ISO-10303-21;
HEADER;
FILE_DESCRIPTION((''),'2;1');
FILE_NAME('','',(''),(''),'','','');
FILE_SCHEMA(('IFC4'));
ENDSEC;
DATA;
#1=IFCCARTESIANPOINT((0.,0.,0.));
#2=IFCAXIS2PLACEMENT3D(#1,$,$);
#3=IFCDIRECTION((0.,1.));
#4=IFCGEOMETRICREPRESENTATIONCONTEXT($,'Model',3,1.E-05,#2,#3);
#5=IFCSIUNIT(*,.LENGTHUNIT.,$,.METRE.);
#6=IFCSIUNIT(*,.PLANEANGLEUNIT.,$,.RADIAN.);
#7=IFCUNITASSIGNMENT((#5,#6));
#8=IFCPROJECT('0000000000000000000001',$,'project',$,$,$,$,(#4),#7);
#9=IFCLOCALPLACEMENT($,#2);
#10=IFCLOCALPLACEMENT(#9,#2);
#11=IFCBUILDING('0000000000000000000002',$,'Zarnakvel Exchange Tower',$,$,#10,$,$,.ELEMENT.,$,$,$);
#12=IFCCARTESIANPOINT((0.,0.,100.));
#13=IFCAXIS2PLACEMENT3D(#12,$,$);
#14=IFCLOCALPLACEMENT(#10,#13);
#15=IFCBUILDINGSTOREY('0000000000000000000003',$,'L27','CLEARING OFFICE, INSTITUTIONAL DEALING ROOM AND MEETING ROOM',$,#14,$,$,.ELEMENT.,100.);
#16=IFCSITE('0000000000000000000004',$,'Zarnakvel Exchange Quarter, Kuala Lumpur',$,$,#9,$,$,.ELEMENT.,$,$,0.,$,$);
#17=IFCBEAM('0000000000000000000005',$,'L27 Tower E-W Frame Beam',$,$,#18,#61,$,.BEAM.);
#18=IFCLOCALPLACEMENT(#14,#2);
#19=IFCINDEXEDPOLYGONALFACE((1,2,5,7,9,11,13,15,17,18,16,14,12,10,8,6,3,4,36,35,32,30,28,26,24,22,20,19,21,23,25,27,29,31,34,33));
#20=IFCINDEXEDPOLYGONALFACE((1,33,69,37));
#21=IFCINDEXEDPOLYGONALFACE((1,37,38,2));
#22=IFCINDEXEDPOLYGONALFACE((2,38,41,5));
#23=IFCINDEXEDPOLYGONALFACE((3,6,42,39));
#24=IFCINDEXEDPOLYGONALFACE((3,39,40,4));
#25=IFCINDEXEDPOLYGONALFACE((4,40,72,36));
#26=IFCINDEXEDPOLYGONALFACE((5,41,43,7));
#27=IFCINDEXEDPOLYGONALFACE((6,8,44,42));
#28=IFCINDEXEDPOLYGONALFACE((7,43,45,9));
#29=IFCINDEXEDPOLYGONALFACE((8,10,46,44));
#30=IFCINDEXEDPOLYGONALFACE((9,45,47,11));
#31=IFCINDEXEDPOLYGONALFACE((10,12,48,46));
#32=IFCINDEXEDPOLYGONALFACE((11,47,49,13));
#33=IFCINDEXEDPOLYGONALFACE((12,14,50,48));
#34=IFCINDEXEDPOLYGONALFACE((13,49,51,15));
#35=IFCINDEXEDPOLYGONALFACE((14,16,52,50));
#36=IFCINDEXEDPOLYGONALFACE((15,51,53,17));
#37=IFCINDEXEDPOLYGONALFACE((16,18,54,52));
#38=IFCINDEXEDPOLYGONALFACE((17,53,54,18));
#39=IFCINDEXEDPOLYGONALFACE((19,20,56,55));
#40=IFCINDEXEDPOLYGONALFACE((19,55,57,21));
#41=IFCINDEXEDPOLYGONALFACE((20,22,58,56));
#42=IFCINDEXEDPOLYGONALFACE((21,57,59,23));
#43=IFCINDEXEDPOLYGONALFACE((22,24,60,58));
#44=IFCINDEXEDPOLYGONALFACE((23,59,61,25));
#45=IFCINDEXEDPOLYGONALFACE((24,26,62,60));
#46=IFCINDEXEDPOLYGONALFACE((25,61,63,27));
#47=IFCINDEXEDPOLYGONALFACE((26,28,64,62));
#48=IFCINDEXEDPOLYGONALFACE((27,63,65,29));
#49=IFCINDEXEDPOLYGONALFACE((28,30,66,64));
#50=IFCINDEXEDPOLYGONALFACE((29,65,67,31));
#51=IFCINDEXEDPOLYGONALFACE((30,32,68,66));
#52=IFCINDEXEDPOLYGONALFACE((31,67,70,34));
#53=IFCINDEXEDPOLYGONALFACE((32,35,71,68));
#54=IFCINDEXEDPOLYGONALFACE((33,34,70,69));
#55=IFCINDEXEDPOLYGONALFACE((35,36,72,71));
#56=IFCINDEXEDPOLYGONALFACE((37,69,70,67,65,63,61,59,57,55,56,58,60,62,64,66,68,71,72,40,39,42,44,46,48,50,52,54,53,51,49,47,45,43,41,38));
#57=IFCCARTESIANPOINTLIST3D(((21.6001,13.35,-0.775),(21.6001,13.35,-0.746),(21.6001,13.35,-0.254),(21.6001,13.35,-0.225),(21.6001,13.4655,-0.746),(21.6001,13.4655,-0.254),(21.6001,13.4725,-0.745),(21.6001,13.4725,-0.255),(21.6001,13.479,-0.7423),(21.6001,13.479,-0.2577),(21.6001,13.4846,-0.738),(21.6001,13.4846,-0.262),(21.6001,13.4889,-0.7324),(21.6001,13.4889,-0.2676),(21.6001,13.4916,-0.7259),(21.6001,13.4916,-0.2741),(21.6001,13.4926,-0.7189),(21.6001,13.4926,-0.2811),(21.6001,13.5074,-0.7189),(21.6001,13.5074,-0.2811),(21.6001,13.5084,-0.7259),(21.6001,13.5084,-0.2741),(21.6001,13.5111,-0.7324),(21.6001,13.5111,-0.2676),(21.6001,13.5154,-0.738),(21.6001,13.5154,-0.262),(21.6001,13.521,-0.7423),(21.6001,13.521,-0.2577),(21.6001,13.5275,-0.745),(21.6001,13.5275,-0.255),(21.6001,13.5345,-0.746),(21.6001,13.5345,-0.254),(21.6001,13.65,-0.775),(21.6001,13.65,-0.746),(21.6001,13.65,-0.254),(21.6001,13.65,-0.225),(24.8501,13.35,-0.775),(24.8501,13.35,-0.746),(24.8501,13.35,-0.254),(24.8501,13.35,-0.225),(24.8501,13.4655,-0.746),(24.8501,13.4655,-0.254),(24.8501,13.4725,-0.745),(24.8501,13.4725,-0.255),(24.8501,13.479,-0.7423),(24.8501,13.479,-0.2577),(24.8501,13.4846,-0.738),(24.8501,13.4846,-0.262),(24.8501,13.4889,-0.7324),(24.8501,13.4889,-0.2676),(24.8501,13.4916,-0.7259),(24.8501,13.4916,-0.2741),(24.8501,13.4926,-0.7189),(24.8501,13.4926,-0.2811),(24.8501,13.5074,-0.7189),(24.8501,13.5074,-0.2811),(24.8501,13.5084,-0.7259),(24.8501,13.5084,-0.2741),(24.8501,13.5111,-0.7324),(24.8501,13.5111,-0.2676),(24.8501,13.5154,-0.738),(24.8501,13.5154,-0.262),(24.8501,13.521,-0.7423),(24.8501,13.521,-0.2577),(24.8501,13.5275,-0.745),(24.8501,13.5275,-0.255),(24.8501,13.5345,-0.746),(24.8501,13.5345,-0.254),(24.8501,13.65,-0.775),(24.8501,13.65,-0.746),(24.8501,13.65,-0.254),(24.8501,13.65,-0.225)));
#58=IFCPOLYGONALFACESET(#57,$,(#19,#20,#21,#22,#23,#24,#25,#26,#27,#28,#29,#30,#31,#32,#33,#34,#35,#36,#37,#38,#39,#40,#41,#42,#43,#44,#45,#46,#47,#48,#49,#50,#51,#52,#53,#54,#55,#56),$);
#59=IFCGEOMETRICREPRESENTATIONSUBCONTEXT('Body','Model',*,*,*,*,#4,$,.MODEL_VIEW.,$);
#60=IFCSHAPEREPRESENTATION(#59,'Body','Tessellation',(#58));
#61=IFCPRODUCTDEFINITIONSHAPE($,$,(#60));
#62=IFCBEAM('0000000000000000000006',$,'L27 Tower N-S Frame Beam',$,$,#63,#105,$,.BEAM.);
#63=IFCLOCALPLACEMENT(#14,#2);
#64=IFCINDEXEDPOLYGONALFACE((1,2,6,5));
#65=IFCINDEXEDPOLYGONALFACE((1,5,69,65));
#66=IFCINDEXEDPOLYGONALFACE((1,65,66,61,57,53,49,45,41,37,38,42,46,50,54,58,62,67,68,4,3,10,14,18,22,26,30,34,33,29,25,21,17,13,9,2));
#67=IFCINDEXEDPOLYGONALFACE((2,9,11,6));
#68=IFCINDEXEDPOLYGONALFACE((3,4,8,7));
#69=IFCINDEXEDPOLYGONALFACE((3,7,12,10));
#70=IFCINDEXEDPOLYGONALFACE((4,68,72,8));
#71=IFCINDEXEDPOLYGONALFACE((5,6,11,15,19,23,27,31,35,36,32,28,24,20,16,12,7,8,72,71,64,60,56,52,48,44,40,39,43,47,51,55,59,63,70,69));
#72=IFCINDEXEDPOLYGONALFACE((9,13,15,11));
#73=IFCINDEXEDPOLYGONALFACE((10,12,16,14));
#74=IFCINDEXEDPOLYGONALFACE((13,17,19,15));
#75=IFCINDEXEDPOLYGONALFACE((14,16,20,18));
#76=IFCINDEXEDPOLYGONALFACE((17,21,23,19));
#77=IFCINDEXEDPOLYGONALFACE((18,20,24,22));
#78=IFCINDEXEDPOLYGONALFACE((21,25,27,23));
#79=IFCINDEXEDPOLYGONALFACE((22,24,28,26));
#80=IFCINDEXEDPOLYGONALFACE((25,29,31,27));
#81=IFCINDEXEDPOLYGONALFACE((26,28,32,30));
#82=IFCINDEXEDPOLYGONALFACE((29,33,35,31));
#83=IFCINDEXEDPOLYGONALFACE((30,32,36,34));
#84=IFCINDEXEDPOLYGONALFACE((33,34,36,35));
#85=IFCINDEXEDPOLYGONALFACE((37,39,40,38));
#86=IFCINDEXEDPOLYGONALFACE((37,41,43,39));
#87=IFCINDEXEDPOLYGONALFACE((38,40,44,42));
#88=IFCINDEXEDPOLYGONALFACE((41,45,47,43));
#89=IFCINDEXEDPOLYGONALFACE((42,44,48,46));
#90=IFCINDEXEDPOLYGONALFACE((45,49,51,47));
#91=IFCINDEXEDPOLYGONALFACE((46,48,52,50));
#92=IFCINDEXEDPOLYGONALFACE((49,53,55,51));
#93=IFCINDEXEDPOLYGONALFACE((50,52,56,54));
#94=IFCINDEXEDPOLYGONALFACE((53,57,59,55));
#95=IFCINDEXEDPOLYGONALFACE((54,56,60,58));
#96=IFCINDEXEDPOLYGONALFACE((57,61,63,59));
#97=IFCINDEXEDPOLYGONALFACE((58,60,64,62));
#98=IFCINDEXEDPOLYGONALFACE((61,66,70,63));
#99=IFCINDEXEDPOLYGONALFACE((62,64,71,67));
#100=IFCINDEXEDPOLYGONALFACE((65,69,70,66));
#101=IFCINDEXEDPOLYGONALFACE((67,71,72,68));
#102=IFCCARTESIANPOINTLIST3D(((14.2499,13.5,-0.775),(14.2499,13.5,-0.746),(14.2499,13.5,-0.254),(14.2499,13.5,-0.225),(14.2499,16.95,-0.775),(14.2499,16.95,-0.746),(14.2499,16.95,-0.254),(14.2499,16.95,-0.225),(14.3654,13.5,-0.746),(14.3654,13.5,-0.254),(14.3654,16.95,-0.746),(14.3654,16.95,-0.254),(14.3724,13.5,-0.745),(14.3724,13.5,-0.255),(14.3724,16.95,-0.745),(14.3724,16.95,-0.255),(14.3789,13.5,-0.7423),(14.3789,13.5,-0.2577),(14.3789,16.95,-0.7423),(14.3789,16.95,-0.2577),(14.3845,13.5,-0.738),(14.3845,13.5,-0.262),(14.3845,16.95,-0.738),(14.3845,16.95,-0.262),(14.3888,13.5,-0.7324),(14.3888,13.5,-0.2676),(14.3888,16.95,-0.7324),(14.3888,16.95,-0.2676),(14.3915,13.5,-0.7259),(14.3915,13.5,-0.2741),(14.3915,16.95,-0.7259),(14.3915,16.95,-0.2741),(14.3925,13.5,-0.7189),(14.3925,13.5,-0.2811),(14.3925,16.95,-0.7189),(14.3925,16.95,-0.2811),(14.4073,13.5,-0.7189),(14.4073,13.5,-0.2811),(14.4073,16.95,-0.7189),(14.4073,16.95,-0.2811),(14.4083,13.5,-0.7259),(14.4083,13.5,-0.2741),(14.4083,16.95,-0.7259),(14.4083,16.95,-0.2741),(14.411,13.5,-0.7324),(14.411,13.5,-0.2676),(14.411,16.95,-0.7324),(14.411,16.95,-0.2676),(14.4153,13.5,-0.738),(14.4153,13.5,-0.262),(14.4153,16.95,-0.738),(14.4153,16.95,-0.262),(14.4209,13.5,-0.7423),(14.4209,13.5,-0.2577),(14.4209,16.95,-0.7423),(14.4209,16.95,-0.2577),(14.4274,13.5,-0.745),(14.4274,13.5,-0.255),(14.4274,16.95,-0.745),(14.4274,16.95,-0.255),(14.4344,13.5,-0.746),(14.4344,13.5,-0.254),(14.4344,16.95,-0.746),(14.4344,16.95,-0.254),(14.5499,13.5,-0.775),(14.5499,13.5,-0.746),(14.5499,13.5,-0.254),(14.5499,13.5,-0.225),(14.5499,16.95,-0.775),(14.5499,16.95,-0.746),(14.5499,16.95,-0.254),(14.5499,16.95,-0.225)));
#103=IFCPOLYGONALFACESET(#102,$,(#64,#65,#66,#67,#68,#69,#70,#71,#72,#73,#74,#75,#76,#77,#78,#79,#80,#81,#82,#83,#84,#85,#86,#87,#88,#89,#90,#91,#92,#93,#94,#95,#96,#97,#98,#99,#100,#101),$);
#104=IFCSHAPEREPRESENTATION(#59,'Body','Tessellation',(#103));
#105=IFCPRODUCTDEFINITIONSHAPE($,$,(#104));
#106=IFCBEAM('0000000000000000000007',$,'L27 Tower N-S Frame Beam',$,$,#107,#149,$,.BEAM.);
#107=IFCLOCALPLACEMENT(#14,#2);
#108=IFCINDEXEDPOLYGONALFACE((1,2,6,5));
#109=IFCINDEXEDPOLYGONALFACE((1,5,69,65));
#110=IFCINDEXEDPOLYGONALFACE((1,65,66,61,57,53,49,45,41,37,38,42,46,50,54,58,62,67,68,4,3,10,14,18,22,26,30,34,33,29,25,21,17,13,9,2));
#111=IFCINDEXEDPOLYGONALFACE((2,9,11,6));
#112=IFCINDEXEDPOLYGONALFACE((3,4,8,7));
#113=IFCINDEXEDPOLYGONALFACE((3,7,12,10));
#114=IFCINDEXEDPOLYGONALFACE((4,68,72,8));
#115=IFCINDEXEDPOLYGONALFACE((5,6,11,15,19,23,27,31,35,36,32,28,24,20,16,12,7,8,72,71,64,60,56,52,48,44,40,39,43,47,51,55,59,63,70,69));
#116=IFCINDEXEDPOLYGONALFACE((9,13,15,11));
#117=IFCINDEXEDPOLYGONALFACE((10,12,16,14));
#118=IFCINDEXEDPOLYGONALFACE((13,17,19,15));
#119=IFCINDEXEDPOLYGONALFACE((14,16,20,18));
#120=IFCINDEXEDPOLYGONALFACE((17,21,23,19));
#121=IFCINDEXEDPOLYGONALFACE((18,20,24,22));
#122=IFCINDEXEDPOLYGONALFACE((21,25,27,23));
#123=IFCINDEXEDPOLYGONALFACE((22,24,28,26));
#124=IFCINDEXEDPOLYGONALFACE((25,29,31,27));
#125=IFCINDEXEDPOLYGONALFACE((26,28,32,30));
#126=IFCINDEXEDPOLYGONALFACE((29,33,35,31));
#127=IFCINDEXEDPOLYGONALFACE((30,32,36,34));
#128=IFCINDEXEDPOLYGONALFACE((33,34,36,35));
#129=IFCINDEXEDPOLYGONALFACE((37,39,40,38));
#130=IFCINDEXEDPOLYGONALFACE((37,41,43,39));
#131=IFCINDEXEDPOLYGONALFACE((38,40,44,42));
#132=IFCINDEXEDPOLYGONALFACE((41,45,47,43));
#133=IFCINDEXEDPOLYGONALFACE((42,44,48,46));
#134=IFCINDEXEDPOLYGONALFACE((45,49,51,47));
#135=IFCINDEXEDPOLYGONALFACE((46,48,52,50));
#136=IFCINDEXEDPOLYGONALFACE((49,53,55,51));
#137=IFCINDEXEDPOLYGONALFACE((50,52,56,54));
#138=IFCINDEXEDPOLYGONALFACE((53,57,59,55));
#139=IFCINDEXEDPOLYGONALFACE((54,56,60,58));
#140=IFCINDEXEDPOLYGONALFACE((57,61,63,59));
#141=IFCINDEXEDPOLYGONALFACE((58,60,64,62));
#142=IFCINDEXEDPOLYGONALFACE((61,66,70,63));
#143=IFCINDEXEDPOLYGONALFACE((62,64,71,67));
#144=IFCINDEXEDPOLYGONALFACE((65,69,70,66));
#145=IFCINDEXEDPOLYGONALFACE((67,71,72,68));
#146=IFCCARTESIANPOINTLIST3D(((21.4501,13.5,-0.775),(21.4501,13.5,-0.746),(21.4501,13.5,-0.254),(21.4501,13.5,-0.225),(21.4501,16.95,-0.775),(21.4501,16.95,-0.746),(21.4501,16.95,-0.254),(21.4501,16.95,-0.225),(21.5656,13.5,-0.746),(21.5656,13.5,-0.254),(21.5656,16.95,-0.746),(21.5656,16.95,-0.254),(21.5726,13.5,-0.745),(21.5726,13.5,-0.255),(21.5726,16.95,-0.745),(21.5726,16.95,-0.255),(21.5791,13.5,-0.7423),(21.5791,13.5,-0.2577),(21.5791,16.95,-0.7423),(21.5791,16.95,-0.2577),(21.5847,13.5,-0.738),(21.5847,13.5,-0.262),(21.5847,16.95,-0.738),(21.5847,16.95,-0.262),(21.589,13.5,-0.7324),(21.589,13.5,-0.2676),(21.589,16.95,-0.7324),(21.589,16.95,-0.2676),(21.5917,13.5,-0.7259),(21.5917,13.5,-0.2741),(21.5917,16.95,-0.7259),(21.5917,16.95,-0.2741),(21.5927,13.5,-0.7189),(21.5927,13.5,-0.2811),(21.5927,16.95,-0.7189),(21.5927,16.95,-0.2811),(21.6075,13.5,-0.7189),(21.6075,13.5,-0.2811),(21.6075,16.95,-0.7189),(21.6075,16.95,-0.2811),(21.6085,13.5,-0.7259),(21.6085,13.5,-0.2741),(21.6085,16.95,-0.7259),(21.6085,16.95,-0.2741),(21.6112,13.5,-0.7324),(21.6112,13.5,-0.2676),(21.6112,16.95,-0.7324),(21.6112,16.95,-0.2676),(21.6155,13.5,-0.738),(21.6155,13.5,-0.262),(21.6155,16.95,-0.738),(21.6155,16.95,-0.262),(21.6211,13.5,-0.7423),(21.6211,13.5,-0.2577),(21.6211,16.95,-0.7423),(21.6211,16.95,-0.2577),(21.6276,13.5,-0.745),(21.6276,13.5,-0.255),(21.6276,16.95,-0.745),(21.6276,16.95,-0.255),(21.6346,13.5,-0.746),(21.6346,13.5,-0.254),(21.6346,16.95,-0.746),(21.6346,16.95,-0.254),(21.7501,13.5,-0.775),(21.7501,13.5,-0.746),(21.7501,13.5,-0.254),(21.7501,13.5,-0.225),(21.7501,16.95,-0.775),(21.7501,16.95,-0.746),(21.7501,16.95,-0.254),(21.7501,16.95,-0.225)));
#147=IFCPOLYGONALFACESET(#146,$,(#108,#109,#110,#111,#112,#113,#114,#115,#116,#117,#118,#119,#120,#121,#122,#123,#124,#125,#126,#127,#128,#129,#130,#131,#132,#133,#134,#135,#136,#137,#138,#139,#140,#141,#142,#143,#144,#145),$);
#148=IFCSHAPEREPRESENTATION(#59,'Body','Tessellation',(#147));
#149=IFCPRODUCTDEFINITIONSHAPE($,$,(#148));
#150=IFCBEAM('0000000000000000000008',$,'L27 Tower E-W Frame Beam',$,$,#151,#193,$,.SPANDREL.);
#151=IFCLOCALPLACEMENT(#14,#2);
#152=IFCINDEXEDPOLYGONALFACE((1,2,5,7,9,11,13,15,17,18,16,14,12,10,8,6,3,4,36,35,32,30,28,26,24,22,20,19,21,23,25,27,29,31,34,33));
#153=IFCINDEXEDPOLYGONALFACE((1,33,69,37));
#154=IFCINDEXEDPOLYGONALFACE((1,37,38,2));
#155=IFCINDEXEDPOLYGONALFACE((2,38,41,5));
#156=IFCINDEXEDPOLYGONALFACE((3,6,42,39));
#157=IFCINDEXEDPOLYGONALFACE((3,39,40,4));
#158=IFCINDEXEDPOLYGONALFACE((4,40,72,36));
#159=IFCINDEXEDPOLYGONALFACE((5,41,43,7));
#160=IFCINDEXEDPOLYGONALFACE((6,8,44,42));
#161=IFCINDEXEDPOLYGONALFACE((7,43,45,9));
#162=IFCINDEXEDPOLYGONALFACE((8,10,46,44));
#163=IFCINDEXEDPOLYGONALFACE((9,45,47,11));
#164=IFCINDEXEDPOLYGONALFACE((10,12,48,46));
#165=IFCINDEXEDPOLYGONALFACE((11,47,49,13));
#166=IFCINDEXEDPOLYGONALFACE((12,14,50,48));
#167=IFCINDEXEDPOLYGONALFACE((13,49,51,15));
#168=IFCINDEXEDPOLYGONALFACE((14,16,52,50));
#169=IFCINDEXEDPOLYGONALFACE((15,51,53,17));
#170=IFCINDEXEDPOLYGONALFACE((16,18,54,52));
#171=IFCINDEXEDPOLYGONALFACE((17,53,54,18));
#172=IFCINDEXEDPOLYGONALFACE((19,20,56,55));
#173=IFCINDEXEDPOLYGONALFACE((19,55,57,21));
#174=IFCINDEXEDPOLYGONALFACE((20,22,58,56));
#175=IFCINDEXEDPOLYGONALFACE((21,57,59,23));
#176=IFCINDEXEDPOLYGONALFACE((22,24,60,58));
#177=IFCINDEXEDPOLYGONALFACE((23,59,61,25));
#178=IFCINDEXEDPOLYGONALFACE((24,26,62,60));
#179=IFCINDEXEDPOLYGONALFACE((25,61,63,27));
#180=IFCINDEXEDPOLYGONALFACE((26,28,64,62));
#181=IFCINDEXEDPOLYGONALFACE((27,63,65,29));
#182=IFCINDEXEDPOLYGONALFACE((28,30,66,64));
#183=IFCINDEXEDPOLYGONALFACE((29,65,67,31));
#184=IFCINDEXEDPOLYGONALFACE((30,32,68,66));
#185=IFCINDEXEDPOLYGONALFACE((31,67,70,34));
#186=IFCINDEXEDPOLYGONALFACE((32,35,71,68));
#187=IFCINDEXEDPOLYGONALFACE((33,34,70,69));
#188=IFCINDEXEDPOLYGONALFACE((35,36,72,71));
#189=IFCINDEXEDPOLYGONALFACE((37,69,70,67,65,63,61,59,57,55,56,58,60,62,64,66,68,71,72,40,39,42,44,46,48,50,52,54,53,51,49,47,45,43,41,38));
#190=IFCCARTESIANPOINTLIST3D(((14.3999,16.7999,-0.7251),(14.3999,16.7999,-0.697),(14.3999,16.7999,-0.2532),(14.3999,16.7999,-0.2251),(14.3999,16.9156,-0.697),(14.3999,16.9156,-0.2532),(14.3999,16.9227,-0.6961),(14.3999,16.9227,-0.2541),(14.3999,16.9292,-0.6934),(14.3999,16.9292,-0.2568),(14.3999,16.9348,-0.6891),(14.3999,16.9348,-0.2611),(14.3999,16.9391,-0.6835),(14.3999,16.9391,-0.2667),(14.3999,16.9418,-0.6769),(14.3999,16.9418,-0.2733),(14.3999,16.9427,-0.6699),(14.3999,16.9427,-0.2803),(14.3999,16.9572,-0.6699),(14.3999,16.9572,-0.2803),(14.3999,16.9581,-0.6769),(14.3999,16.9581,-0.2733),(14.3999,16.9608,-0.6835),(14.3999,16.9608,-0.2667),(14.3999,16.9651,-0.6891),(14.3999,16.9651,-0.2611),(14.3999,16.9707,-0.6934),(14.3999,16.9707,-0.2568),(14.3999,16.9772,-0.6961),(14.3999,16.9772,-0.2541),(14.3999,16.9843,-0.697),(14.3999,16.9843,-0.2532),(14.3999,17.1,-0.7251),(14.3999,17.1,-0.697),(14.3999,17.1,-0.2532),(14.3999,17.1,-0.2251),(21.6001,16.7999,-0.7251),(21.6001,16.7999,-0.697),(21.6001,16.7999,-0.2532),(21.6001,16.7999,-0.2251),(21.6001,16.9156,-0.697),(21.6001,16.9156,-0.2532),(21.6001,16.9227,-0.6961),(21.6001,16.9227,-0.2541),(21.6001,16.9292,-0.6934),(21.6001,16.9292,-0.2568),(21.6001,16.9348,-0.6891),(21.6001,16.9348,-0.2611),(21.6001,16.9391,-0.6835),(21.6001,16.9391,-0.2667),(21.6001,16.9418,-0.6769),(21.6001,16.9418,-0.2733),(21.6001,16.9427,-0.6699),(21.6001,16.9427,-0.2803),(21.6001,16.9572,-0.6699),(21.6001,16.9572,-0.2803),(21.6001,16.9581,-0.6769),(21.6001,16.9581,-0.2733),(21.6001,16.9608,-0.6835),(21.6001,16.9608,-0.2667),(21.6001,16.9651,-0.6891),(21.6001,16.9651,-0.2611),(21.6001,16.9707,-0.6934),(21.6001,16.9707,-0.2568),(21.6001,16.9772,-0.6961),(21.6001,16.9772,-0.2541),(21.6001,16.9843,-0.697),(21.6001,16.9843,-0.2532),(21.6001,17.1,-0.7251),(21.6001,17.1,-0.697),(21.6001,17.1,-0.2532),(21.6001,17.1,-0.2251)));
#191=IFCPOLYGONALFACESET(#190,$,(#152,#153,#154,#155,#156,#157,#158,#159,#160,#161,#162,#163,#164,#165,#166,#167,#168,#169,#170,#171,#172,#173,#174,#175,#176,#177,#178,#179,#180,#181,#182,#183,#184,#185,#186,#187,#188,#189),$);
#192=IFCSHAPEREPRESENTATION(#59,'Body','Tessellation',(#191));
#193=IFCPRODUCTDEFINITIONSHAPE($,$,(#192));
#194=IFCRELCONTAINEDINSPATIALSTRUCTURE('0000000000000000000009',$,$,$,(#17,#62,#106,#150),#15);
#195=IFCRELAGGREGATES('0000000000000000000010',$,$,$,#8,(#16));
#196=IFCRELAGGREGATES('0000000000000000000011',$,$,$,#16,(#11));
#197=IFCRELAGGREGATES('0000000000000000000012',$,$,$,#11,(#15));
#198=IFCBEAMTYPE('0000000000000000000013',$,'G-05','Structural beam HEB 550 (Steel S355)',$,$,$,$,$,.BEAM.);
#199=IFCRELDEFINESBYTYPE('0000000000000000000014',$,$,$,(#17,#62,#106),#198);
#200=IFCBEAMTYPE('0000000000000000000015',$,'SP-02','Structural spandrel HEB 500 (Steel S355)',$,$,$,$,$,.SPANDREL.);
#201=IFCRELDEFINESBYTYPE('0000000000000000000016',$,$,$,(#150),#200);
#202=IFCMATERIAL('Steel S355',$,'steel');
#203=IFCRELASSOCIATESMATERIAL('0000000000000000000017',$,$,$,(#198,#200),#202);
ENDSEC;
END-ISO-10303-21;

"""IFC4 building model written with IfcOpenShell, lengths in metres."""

from ifc_helpers import new_model, si_unit, direction, frame, origin, origin_2d, place, context, subcontext, project, spatial, i_section, extrude, material, material_profile, profile_set, type_object, element, save


model = new_model("IFC4")

# Units and contexts
model_context = context("Model", 3, precision=1e-05, world=origin(), true_north=direction((0.0, 1.0)))
body_context = subcontext(model_context, "Body", "Model", "MODEL_VIEW")
ifc_project = project(units=[si_unit("LENGTHUNIT", "METRE"), si_unit("PLANEANGLEUNIT", "RADIAN")], contexts=[model_context])

# Site, building, storey
site_placement = place(None, origin())
site = spatial("IfcSite", under=ifc_project, at=site_placement, Name="Zarnakvel Exchange Quarter, Kuala Lumpur", CompositionType="ELEMENT", RefElevation=0.0)
building_placement = place(site_placement, origin())
building = spatial("IfcBuilding", under=site, at=building_placement, Name="Zarnakvel Exchange Tower", CompositionType="ELEMENT")
storey_placement = place(building_placement, frame((0.0, 0.0, 100.0)))
storey = spatial("IfcBuildingStorey", under=building, at=storey_placement, Name="L27", Description="CLEARING OFFICE, INSTITUTIONAL DEALING ROOM AND MEETING ROOM", CompositionType="ELEMENT", Elevation=100.0)

# Shared definitions
ifc_material_1 = material(Name="Steel S355", Category="steel")

# Beams
ifc_material_profile_1 = material_profile(ifc_material_1, i_section(OverallWidth=0.3, OverallDepth=0.55, WebThickness=0.0149, FlangeThickness=0.0291, FilletRadius=0.0271, at=origin_2d()))
ifc_profile_set_1 = profile_set([ifc_material_profile_1], Name="Steel S355")
beam_type_1 = type_object("IfcBeamType", Name="G-05", Description="Structural beam HEB 550 (Steel S355)", PredefinedType="BEAM", material=ifc_profile_set_1)
beam_1_placement = place(storey_placement, frame((21.6001, 13.5, -0.5), z_axis=(1.0, 0.0, 0.0), x_axis=(0.0, 1.0, 0.0)))
element("IfcBeam", 1, at=beam_1_placement, inside=storey, type_object=beam_type_1, Name="L27 Tower E-W Frame Beam", PredefinedType="BEAM", context=body_context, shape_type="SweptSolid", body=[
    extrude(i_section(OverallWidth=0.3, OverallDepth=0.55, WebThickness=0.0149, FlangeThickness=0.0291, FilletRadius=0.0271, at=origin_2d()), origin(), (0.0, 0.0, 1.0), 3.25),
])
for number, where, z_axis, x_axis, name in (
    (2, (14.3999, 13.5, -0.5), (0.0, 1.0, 0.0), (-1.0, 0.0, 0.0), "L27 Tower N-S Frame Beam"),
    (3, (21.6001, 13.5, -0.5), (0.0, 1.0, 0.0), (-1.0, 0.0, 0.0), "L27 Tower N-S Frame Beam"),
):
    element("IfcBeam", number, at=place(storey_placement, frame(where, z_axis=z_axis, x_axis=x_axis)), inside=storey, type_object=beam_type_1, Name=name, PredefinedType="BEAM", context=body_context, shape_type="SweptSolid", body=[
        extrude(i_section(OverallWidth=0.3, OverallDepth=0.55, WebThickness=0.0149, FlangeThickness=0.0291, FilletRadius=0.0271, at=origin_2d()), origin(), (0.0, 0.0, 1.0), 3.45),
    ])
ifc_material_profile_2 = material_profile(ifc_material_1, i_section(OverallWidth=0.3, OverallDepth=0.5, WebThickness=0.0144, FlangeThickness=0.0281, FilletRadius=0.0271, at=origin_2d()))
ifc_profile_set_2 = profile_set([ifc_material_profile_2], Name="Steel S355")
beam_type_2 = type_object("IfcBeamType", Name="SP-02", Description="Structural spandrel HEB 500 (Steel S355)", PredefinedType="SPANDREL", material=ifc_profile_set_2)
beam_2_placement = place(storey_placement, frame((14.3999, 16.95, -0.4751), z_axis=(1.0, 0.0, 0.0), x_axis=(0.0, 1.0, 0.0)))
element("IfcBeam", 4, at=beam_2_placement, inside=storey, type_object=beam_type_2, Name="L27 Tower E-W Frame Beam", PredefinedType="SPANDREL", context=body_context, shape_type="SweptSolid", body=[
    extrude(i_section(OverallWidth=0.3, OverallDepth=0.5, WebThickness=0.0144, FlangeThickness=0.0281, FilletRadius=0.0271, at=origin_2d()), origin(), (0.0, 0.0, 1.0), 7.2002),
])

save(model, "model.ifc")
